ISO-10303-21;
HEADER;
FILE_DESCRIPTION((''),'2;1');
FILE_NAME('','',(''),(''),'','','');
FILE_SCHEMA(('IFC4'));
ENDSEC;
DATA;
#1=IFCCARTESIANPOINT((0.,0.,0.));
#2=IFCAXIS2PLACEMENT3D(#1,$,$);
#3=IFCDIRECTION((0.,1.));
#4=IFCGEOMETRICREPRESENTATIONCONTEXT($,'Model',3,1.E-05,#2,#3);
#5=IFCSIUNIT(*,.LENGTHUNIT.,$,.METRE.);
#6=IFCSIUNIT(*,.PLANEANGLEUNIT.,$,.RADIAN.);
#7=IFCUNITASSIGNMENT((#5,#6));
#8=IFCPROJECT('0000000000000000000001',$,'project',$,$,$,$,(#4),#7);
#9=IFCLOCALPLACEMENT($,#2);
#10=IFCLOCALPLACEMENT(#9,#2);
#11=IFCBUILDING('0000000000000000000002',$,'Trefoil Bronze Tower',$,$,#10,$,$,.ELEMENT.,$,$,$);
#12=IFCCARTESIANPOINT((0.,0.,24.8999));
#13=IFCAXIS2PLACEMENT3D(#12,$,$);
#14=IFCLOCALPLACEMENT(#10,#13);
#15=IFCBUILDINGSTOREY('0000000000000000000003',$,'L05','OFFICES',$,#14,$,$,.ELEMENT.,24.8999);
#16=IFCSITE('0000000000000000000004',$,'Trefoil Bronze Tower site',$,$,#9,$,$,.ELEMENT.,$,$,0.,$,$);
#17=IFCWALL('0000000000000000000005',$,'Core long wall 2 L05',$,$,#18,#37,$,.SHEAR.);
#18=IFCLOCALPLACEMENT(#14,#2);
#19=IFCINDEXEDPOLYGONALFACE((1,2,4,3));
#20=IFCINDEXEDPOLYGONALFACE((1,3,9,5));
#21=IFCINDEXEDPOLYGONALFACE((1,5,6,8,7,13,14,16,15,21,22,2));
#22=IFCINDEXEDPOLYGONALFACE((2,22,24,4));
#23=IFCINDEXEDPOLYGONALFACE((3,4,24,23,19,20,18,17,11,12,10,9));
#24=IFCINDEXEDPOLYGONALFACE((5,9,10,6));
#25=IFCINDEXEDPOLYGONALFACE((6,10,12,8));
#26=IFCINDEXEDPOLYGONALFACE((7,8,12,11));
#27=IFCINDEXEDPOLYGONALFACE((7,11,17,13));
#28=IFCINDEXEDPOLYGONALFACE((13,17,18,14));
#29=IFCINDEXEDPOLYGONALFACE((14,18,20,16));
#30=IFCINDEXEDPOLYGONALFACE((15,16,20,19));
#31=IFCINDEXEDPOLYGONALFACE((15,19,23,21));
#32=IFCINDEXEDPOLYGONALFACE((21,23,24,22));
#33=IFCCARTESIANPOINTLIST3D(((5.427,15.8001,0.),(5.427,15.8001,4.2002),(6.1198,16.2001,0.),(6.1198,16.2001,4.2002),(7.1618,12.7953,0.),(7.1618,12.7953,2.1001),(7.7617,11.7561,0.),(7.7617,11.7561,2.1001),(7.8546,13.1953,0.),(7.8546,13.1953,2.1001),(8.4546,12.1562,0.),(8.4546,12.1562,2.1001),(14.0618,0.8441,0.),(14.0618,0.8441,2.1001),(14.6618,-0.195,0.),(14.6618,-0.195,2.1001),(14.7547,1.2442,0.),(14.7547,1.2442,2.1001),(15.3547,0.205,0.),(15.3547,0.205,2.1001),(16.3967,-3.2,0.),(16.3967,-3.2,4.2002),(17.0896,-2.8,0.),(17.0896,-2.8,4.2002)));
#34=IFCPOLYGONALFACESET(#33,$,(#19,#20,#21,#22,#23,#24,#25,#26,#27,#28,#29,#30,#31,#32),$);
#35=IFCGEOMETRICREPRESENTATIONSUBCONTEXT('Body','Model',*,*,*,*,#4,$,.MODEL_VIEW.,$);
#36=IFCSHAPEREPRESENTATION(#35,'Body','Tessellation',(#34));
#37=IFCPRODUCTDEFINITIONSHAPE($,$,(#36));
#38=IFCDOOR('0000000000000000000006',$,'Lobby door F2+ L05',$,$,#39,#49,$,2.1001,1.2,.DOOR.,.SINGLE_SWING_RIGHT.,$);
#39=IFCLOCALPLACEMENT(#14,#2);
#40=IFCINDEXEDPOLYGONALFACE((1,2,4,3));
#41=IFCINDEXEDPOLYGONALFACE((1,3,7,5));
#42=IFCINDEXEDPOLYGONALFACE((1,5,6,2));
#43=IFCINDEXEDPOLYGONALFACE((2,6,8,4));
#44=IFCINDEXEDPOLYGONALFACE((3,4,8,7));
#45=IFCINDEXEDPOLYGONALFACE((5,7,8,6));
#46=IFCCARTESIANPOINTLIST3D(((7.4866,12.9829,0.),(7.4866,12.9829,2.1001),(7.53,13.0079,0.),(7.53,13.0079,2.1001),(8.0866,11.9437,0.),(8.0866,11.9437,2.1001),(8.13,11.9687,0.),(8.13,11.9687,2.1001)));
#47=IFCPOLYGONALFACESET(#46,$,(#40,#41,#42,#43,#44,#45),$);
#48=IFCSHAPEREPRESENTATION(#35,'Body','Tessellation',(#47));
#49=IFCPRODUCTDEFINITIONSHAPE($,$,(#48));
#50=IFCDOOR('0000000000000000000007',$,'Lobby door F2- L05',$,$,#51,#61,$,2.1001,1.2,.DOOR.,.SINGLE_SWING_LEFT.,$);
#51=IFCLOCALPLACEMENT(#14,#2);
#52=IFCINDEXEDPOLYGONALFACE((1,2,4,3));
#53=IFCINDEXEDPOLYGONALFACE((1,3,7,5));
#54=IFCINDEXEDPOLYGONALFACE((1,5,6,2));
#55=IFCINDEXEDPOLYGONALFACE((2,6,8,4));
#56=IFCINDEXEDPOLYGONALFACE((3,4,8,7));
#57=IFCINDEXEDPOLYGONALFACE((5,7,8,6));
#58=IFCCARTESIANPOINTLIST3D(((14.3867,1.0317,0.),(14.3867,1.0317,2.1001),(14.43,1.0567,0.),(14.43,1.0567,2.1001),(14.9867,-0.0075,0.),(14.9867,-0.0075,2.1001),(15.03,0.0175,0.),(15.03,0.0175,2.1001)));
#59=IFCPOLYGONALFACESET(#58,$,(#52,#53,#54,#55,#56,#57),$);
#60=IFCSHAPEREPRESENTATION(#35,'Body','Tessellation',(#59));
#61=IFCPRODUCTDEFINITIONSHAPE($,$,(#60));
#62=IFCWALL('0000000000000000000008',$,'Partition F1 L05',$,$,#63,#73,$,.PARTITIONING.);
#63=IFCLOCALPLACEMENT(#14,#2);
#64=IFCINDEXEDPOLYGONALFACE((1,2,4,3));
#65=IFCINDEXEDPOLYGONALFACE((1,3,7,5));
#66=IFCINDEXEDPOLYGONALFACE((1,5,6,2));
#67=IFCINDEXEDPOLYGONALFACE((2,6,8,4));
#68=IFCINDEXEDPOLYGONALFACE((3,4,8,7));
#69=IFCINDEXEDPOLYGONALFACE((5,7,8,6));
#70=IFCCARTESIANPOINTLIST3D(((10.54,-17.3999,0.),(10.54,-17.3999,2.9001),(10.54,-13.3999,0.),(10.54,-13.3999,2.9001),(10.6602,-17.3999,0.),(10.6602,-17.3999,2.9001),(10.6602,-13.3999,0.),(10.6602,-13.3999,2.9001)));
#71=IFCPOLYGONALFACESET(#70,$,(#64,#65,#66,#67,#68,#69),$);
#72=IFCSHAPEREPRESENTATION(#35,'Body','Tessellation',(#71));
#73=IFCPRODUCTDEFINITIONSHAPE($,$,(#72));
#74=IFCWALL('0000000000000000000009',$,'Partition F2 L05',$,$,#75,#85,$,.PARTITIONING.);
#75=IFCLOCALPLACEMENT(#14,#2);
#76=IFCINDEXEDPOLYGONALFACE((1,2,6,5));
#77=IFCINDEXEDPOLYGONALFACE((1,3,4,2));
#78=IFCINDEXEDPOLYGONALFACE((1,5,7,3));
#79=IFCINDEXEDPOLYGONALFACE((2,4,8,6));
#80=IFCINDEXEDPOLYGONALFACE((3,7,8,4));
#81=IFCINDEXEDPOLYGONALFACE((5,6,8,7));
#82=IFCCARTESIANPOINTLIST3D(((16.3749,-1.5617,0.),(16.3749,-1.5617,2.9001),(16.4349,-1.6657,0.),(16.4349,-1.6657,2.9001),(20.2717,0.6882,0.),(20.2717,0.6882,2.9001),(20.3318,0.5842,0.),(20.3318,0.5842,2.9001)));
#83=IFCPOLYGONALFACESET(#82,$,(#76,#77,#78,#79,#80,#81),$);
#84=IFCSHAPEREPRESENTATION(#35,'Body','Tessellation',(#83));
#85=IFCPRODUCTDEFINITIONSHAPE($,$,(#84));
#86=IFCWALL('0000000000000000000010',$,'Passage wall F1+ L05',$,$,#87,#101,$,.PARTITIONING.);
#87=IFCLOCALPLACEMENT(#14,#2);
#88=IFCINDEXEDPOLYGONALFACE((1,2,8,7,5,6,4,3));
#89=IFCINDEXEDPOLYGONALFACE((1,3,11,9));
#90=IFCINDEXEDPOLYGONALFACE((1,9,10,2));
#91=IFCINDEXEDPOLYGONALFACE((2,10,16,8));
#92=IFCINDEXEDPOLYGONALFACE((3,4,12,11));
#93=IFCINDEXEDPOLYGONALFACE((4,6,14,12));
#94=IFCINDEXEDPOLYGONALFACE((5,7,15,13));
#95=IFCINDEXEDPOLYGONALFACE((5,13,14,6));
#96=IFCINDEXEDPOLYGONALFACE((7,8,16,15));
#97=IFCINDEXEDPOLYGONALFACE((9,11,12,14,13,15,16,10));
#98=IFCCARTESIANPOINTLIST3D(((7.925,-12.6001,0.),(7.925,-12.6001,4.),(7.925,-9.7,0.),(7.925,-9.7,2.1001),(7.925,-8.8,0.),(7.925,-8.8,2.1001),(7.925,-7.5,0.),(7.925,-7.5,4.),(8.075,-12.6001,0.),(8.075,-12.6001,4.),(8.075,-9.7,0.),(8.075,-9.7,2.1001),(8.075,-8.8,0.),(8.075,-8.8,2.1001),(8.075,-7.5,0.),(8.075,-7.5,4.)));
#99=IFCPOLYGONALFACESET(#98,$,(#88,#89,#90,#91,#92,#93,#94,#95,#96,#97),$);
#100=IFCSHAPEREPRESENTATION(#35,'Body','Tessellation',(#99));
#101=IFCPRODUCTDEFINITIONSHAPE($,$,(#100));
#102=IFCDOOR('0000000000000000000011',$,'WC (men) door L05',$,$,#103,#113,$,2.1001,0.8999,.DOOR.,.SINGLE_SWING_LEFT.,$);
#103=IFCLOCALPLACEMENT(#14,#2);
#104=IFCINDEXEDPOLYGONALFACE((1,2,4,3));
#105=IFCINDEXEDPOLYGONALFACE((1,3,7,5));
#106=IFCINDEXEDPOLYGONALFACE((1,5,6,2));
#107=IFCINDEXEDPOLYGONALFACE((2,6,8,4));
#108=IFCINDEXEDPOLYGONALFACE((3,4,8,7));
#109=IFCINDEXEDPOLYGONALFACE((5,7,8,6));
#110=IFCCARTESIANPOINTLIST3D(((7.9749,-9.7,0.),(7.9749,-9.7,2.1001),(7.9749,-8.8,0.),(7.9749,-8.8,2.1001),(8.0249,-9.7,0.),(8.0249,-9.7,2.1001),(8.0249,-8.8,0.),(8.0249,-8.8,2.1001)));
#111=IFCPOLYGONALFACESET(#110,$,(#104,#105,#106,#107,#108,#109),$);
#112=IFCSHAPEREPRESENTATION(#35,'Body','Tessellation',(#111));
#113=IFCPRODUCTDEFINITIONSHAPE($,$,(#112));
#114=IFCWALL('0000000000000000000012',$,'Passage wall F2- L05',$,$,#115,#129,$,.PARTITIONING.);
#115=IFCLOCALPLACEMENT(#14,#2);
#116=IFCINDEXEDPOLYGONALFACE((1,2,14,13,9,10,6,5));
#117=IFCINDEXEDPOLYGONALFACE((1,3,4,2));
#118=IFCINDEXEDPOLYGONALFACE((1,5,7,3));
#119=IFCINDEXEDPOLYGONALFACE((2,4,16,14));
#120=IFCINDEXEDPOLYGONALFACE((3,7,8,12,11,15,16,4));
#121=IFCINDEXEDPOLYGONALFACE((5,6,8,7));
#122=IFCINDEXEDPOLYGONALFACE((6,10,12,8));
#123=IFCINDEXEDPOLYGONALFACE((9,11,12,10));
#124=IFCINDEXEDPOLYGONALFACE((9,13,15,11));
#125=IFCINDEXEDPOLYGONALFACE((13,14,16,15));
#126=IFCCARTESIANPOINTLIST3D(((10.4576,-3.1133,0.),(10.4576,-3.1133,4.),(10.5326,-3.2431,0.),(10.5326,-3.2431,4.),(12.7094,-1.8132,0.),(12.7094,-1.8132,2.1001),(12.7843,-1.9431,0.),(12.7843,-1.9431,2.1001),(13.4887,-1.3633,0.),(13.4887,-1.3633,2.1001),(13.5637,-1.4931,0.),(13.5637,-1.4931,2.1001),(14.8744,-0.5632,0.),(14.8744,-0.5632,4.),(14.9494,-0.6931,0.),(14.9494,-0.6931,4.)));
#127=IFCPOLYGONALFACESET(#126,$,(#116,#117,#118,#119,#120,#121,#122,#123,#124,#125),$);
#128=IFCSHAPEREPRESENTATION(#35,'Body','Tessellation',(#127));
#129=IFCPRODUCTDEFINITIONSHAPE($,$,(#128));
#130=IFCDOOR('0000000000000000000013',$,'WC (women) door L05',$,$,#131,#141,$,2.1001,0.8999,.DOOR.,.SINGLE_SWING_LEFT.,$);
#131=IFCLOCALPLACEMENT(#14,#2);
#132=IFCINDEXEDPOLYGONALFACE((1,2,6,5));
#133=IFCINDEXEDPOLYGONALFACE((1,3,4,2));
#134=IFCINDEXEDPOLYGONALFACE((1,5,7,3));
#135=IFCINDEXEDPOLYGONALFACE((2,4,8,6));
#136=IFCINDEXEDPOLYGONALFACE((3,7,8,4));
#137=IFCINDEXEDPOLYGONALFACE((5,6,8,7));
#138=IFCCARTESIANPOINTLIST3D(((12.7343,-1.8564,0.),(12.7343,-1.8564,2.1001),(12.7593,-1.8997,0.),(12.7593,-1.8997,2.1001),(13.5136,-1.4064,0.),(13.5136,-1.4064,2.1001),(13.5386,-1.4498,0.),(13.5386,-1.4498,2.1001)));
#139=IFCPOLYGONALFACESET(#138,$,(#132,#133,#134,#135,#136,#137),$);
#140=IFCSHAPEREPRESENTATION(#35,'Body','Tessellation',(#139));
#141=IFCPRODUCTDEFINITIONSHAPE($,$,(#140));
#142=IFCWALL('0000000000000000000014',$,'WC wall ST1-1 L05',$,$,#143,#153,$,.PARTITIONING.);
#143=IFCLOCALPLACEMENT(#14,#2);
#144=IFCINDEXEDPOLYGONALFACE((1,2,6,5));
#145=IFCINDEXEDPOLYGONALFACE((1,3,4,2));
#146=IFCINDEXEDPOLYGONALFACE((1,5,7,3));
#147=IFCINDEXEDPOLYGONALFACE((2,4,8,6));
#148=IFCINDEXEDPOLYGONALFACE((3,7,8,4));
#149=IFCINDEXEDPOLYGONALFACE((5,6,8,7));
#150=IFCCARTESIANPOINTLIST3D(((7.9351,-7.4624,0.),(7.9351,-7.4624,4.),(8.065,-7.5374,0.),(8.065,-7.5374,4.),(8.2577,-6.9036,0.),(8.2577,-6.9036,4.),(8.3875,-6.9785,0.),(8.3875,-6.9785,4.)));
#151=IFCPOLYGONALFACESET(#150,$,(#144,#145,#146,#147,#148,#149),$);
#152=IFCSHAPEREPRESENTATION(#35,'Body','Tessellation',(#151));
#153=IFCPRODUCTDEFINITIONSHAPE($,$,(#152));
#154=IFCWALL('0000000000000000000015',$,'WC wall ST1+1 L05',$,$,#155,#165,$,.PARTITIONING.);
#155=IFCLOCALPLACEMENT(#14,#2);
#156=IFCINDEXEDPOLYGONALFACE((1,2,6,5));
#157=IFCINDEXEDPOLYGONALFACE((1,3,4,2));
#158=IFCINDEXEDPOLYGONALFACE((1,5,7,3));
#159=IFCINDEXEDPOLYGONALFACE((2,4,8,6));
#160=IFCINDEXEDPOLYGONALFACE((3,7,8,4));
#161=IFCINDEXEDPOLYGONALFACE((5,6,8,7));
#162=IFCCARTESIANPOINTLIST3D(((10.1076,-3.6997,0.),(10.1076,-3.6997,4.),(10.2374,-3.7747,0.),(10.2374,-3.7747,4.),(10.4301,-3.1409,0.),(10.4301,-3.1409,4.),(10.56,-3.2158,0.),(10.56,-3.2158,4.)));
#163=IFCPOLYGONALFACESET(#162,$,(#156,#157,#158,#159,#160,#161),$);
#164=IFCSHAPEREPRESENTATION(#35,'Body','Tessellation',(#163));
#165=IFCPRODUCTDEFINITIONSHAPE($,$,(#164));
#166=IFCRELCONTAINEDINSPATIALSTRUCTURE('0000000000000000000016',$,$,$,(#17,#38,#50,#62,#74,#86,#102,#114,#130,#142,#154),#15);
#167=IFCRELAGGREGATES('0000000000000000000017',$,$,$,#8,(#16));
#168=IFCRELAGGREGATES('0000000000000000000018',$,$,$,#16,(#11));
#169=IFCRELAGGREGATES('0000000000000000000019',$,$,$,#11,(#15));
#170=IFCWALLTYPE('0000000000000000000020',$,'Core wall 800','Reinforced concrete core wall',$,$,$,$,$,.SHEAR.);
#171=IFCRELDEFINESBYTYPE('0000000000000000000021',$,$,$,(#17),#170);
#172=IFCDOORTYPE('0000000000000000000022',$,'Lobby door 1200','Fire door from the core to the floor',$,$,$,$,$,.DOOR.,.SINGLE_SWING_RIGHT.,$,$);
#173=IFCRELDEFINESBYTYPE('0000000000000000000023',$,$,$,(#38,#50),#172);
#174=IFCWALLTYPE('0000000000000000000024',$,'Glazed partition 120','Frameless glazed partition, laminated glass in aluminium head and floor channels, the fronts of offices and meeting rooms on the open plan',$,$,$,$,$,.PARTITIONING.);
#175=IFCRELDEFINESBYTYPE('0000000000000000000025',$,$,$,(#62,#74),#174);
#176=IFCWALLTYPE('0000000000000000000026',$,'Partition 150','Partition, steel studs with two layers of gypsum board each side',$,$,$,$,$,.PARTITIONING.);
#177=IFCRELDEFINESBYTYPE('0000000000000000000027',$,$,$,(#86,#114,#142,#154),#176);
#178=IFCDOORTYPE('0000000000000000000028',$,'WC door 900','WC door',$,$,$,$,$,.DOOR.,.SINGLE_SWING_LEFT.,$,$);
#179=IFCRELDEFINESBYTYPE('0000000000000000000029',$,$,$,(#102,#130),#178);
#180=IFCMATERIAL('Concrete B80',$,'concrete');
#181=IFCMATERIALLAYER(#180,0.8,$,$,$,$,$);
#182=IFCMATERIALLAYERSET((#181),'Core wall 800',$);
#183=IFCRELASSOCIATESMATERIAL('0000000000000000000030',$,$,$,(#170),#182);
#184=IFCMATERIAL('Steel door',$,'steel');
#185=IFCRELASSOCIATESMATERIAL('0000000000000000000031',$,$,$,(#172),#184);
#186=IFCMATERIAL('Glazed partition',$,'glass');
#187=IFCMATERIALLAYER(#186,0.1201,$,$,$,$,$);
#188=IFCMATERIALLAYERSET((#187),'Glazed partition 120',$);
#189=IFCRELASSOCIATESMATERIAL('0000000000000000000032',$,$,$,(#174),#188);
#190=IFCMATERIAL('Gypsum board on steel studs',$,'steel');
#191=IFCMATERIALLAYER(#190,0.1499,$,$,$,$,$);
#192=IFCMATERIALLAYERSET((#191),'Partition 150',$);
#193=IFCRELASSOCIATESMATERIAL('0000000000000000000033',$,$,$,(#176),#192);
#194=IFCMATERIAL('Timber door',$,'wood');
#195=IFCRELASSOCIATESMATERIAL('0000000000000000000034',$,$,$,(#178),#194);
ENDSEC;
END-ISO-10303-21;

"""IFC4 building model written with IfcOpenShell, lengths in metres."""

from ifc_helpers import new_model, si_unit, direction, frame, frame_2d, origin, place, context, subcontext, project, spatial, rectangle, extrude, material, layer, layer_set, type_object, element, fill, save


model = new_model("IFC4")

# Units and contexts
model_context = context("Model", 3, precision=1e-05, world=origin(), true_north=direction((0.0, 1.0)))
body_context = subcontext(model_context, "Body", "Model", "MODEL_VIEW")
ifc_project = project(units=[si_unit("LENGTHUNIT", "METRE"), si_unit("PLANEANGLEUNIT", "RADIAN")], contexts=[model_context])

# Site, building, storey
site_placement = place(None, origin())
site = spatial("IfcSite", under=ifc_project, at=site_placement, Name="Trefoil Bronze Tower site", CompositionType="ELEMENT", RefElevation=0.0)
building_placement = place(site_placement, origin())
building = spatial("IfcBuilding", under=site, at=building_placement, Name="Trefoil Bronze Tower", CompositionType="ELEMENT")
storey_placement = place(building_placement, frame((0.0, 0.0, 24.8999)))
storey = spatial("IfcBuildingStorey", under=building, at=storey_placement, Name="L05", Description="OFFICES", CompositionType="ELEMENT", Elevation=24.8999)

# Shared definitions
ifc_material_1 = material(Name="Concrete B80", Category="concrete")
ifc_layer_1 = layer(ifc_material_1, 0.8)
ifc_layer_set_1 = layer_set([ifc_layer_1], Name="Core wall 800")
wall_type_1 = type_object("IfcWallType", Name="Core wall 800", Description="Reinforced concrete core wall", PredefinedType="SHEAR", material=ifc_layer_set_1)

# Wall, openings, doors
wall_1_placement = place(storey_placement, frame((16.7432, -3.0, 0.0), z_axis=(0.0, 0.0, 1.0), x_axis=(-0.500002, 0.866024, 0.0)))
wall_1 = element("IfcWall", 1, at=wall_1_placement, inside=storey, type_object=wall_type_1, Name="Core long wall 2 L05", PredefinedType="SHEAR", context=body_context, shape_type="SweptSolid", body=[
    extrude(rectangle(XDim=21.9395, YDim=0.8, at=frame_2d((10.9697, 0.0))), origin(), (0.0, 0.0, 1.0), 4.2002),
])
opening_1_placement = place(wall_1_placement, frame((17.2698, 0.0, 0.0)))
opening_1 = element("IfcOpeningElement", 2, at=opening_1_placement, cuts=wall_1, PredefinedType="OPENING", context=body_context, shape_type="SweptSolid", body=[
    extrude(rectangle(XDim=1.2, YDim=2.1001, at=frame_2d((0.6001, 1.05))), frame((0.0, 0.4099, 0.0), z_axis=(0.0, -1.0, 0.0), x_axis=(1.0, 0.0, 0.0)), (0.0, 0.0, 1.0), 0.8201),
])
opening_2_placement = place(wall_1_placement, frame((3.4697, 0.0, 0.0)))
opening_2 = element("IfcOpeningElement", 3, at=opening_2_placement, cuts=wall_1, PredefinedType="OPENING", context=body_context, shape_type="SweptSolid", body=[
    extrude(rectangle(XDim=1.2, YDim=2.1001, at=frame_2d((0.6001, 1.05))), frame((0.0, 0.4099, 0.0), z_axis=(0.0, -1.0, 0.0), x_axis=(1.0, 0.0, 0.0)), (0.0, 0.0, 1.0), 0.8201),
])
ifc_material_2 = material(Name="Steel door", Category="steel")
door_type_1 = type_object("IfcDoorType", Name="Lobby door 1200", Description="Fire door from the core to the floor", OperationType="SINGLE_SWING_RIGHT", PredefinedType="DOOR", material=ifc_material_2)
door_1_placement = place(opening_1_placement, origin())
door_1 = element("IfcDoor", 4, at=door_1_placement, inside=storey, type_object=door_type_1, Name="Lobby door F2+ L05", OperationType="SINGLE_SWING_RIGHT", OverallHeight=2.1001, OverallWidth=1.2, PredefinedType="DOOR", context=body_context, shape_type="SweptSolid", body=[
    extrude(rectangle(XDim=1.2, YDim=2.1001, at=frame_2d((0.6001, 1.05))), frame((0.0, 0.0249, 0.0), z_axis=(0.0, -1.0, 0.0), x_axis=(1.0, 0.0, 0.0)), (0.0, 0.0, 1.0), 0.05),
])
fill(opening_1, door_1)
door_2_placement = place(opening_2_placement, origin())
door_2 = element("IfcDoor", 5, at=door_2_placement, inside=storey, type_object=door_type_1, Name="Lobby door F2- L05", OperationType="SINGLE_SWING_LEFT", OverallHeight=2.1001, OverallWidth=1.2, PredefinedType="DOOR", context=body_context, shape_type="SweptSolid", body=[
    extrude(rectangle(XDim=1.2, YDim=2.1001, at=frame_2d((0.6001, 1.05))), frame((0.0, 0.0249, 0.0), z_axis=(0.0, -1.0, 0.0), x_axis=(1.0, 0.0, 0.0)), (0.0, 0.0, 1.0), 0.05),
])
fill(opening_2, door_2)

# Walls
ifc_material_3 = material(Name="Glazed partition", Category="glass")
ifc_layer_2 = layer(ifc_material_3, 0.1201)
ifc_layer_set_2 = layer_set([ifc_layer_2], Name="Glazed partition 120")
wall_type_2 = type_object("IfcWallType", Name="Glazed partition 120", Description="Frameless glazed partition, laminated glass in aluminium head and floor channels, the fronts of offices and meeting rooms on the open plan", PredefinedType="PARTITIONING", material=ifc_layer_set_2)
wall_2_placement = place(storey_placement, frame((10.6001, -13.3999, 0.0), z_axis=(0.0, 0.0, 1.0), x_axis=(0.0, -1.0, 0.0)))
element("IfcWall", 6, at=wall_2_placement, inside=storey, type_object=wall_type_2, Name="Partition F1 L05", PredefinedType="PARTITIONING", context=body_context, shape_type="SweptSolid", body=[
    extrude(rectangle(XDim=4.0, YDim=0.1201, at=frame_2d((2.0, 0.0))), origin(), (0.0, 0.0, 1.0), 2.9001),
])
wall_3_placement = place(storey_placement, frame((16.4048, -1.6138, 0.0), z_axis=(0.0, 0.0, 1.0), x_axis=(0.866018, 0.500014, 0.0)))
element("IfcWall", 7, at=wall_3_placement, inside=storey, type_object=wall_type_2, Name="Partition F2 L05", PredefinedType="PARTITIONING", context=body_context, shape_type="SweptSolid", body=[
    extrude(rectangle(XDim=4.4998, YDim=0.1201, at=frame_2d((2.25, 0.0))), origin(), (0.0, 0.0, 1.0), 2.9001),
])

# Walls, openings, doors
ifc_material_4 = material(Name="Gypsum board on steel studs", Category="steel")
ifc_layer_3 = layer(ifc_material_4, 0.1499)
ifc_layer_set_3 = layer_set([ifc_layer_3], Name="Partition 150")
wall_type_3 = type_object("IfcWallType", Name="Partition 150", Description="Partition, steel studs with two layers of gypsum board each side", PredefinedType="PARTITIONING", material=ifc_layer_set_3)
wall_4_placement = place(storey_placement, frame((8.0, -7.5, 0.0), z_axis=(0.0, 0.0, 1.0), x_axis=(0.0, -1.0, 0.0)))
wall_4 = element("IfcWall", 8, at=wall_4_placement, inside=storey, type_object=wall_type_3, Name="Passage wall F1+ L05", PredefinedType="PARTITIONING", context=body_context, shape_type="SweptSolid", body=[
    extrude(rectangle(XDim=5.1001, YDim=0.1499, at=frame_2d((2.55, 0.0))), origin(), (0.0, 0.0, 1.0), 4.0),
])
opening_3_placement = place(wall_4_placement, frame((1.3, 0.0, 0.0)))
opening_3 = element("IfcOpeningElement", 9, at=opening_3_placement, cuts=wall_4, PredefinedType="OPENING", context=body_context, shape_type="SweptSolid", body=[
    extrude(rectangle(XDim=0.8999, YDim=2.1001, at=frame_2d((0.45, 1.05))), frame((0.0, 0.085, 0.0), z_axis=(0.0, -1.0, 0.0), x_axis=(1.0, 0.0, 0.0)), (0.0, 0.0, 1.0), 0.1699),
])
ifc_material_5 = material(Name="Timber door", Category="wood")
door_type_2 = type_object("IfcDoorType", Name="WC door 900", Description="WC door", OperationType="SINGLE_SWING_LEFT", PredefinedType="DOOR", material=ifc_material_5)
door_3_placement = place(opening_3_placement, origin())
door_3 = element("IfcDoor", 10, at=door_3_placement, inside=storey, type_object=door_type_2, Name="WC (men) door L05", OperationType="SINGLE_SWING_LEFT", OverallHeight=2.1001, OverallWidth=0.8999, PredefinedType="DOOR", context=body_context, shape_type="SweptSolid", body=[
    extrude(rectangle(XDim=0.8999, YDim=2.1001, at=frame_2d((0.45, 1.05))), frame((0.0, 0.0249, 0.0), z_axis=(0.0, -1.0, 0.0), x_axis=(1.0, 0.0, 0.0)), (0.0, 0.0, 1.0), 0.05),
])
fill(opening_3, door_3)
wall_5_placement = place(storey_placement, frame((10.4951, -3.1782, 0.0), z_axis=(0.0, 0.0, 1.0), x_axis=(0.866022, 0.500006, 0.0)))
wall_5 = element("IfcWall", 11, at=wall_5_placement, inside=storey, type_object=wall_type_3, Name="Passage wall F2- L05", PredefinedType="PARTITIONING", context=body_context, shape_type="SweptSolid", body=[
    extrude(rectangle(XDim=5.1001, YDim=0.1499, at=frame_2d((2.55, 0.0))), origin(), (0.0, 0.0, 1.0), 4.0),
])
opening_4_placement = place(wall_5_placement, frame((2.6001, 0.0, 0.0)))
opening_4 = element("IfcOpeningElement", 12, at=opening_4_placement, cuts=wall_5, PredefinedType="OPENING", context=body_context, shape_type="SweptSolid", body=[
    extrude(rectangle(XDim=0.8999, YDim=2.1001, at=frame_2d((0.45, 1.05))), frame((0.0, 0.085, 0.0), z_axis=(0.0, -1.0, 0.0), x_axis=(1.0, 0.0, 0.0)), (0.0, 0.0, 1.0), 0.1699),
])
door_4_placement = place(opening_4_placement, frame((0.8999, 0.0, 0.0), z_axis=(0.0, 0.0, 1.0), x_axis=(-1.0, 0.0, 0.0)))
door_4 = element("IfcDoor", 13, at=door_4_placement, inside=storey, type_object=door_type_2, Name="WC (women) door L05", OperationType="SINGLE_SWING_LEFT", OverallHeight=2.1001, OverallWidth=0.8999, PredefinedType="DOOR", context=body_context, shape_type="SweptSolid", body=[
    extrude(rectangle(XDim=0.8999, YDim=2.1001, at=frame_2d((0.45, 1.05))), frame((0.0, 0.0249, 0.0), z_axis=(0.0, -1.0, 0.0), x_axis=(1.0, 0.0, 0.0)), (0.0, 0.0, 1.0), 0.05),
])
fill(opening_4, door_4)

# Walls
for number, where, z_axis, x_axis, name in (
    (14, (8.0, -7.5, 0.0), (0.0, 0.0, 1.0), (0.499843, 0.866116, 0.0), "WC wall ST1-1 L05"),
    (15, (10.4951, -3.1782, 0.0), (0.0, 0.0, 1.0), (-0.499843, -0.866116, 0.0), "WC wall ST1+1 L05"),
):
    element("IfcWall", number, at=place(storey_placement, frame(where, z_axis=z_axis, x_axis=x_axis)), inside=storey, type_object=wall_type_3, Name=name, PredefinedType="PARTITIONING", context=body_context, shape_type="SweptSolid", body=[
        extrude(rectangle(XDim=0.6453, YDim=0.1499, at=frame_2d((0.3228, 0.0))), origin(), (0.0, 0.0, 1.0), 4.0),
    ])

save(model, "model.ifc")
